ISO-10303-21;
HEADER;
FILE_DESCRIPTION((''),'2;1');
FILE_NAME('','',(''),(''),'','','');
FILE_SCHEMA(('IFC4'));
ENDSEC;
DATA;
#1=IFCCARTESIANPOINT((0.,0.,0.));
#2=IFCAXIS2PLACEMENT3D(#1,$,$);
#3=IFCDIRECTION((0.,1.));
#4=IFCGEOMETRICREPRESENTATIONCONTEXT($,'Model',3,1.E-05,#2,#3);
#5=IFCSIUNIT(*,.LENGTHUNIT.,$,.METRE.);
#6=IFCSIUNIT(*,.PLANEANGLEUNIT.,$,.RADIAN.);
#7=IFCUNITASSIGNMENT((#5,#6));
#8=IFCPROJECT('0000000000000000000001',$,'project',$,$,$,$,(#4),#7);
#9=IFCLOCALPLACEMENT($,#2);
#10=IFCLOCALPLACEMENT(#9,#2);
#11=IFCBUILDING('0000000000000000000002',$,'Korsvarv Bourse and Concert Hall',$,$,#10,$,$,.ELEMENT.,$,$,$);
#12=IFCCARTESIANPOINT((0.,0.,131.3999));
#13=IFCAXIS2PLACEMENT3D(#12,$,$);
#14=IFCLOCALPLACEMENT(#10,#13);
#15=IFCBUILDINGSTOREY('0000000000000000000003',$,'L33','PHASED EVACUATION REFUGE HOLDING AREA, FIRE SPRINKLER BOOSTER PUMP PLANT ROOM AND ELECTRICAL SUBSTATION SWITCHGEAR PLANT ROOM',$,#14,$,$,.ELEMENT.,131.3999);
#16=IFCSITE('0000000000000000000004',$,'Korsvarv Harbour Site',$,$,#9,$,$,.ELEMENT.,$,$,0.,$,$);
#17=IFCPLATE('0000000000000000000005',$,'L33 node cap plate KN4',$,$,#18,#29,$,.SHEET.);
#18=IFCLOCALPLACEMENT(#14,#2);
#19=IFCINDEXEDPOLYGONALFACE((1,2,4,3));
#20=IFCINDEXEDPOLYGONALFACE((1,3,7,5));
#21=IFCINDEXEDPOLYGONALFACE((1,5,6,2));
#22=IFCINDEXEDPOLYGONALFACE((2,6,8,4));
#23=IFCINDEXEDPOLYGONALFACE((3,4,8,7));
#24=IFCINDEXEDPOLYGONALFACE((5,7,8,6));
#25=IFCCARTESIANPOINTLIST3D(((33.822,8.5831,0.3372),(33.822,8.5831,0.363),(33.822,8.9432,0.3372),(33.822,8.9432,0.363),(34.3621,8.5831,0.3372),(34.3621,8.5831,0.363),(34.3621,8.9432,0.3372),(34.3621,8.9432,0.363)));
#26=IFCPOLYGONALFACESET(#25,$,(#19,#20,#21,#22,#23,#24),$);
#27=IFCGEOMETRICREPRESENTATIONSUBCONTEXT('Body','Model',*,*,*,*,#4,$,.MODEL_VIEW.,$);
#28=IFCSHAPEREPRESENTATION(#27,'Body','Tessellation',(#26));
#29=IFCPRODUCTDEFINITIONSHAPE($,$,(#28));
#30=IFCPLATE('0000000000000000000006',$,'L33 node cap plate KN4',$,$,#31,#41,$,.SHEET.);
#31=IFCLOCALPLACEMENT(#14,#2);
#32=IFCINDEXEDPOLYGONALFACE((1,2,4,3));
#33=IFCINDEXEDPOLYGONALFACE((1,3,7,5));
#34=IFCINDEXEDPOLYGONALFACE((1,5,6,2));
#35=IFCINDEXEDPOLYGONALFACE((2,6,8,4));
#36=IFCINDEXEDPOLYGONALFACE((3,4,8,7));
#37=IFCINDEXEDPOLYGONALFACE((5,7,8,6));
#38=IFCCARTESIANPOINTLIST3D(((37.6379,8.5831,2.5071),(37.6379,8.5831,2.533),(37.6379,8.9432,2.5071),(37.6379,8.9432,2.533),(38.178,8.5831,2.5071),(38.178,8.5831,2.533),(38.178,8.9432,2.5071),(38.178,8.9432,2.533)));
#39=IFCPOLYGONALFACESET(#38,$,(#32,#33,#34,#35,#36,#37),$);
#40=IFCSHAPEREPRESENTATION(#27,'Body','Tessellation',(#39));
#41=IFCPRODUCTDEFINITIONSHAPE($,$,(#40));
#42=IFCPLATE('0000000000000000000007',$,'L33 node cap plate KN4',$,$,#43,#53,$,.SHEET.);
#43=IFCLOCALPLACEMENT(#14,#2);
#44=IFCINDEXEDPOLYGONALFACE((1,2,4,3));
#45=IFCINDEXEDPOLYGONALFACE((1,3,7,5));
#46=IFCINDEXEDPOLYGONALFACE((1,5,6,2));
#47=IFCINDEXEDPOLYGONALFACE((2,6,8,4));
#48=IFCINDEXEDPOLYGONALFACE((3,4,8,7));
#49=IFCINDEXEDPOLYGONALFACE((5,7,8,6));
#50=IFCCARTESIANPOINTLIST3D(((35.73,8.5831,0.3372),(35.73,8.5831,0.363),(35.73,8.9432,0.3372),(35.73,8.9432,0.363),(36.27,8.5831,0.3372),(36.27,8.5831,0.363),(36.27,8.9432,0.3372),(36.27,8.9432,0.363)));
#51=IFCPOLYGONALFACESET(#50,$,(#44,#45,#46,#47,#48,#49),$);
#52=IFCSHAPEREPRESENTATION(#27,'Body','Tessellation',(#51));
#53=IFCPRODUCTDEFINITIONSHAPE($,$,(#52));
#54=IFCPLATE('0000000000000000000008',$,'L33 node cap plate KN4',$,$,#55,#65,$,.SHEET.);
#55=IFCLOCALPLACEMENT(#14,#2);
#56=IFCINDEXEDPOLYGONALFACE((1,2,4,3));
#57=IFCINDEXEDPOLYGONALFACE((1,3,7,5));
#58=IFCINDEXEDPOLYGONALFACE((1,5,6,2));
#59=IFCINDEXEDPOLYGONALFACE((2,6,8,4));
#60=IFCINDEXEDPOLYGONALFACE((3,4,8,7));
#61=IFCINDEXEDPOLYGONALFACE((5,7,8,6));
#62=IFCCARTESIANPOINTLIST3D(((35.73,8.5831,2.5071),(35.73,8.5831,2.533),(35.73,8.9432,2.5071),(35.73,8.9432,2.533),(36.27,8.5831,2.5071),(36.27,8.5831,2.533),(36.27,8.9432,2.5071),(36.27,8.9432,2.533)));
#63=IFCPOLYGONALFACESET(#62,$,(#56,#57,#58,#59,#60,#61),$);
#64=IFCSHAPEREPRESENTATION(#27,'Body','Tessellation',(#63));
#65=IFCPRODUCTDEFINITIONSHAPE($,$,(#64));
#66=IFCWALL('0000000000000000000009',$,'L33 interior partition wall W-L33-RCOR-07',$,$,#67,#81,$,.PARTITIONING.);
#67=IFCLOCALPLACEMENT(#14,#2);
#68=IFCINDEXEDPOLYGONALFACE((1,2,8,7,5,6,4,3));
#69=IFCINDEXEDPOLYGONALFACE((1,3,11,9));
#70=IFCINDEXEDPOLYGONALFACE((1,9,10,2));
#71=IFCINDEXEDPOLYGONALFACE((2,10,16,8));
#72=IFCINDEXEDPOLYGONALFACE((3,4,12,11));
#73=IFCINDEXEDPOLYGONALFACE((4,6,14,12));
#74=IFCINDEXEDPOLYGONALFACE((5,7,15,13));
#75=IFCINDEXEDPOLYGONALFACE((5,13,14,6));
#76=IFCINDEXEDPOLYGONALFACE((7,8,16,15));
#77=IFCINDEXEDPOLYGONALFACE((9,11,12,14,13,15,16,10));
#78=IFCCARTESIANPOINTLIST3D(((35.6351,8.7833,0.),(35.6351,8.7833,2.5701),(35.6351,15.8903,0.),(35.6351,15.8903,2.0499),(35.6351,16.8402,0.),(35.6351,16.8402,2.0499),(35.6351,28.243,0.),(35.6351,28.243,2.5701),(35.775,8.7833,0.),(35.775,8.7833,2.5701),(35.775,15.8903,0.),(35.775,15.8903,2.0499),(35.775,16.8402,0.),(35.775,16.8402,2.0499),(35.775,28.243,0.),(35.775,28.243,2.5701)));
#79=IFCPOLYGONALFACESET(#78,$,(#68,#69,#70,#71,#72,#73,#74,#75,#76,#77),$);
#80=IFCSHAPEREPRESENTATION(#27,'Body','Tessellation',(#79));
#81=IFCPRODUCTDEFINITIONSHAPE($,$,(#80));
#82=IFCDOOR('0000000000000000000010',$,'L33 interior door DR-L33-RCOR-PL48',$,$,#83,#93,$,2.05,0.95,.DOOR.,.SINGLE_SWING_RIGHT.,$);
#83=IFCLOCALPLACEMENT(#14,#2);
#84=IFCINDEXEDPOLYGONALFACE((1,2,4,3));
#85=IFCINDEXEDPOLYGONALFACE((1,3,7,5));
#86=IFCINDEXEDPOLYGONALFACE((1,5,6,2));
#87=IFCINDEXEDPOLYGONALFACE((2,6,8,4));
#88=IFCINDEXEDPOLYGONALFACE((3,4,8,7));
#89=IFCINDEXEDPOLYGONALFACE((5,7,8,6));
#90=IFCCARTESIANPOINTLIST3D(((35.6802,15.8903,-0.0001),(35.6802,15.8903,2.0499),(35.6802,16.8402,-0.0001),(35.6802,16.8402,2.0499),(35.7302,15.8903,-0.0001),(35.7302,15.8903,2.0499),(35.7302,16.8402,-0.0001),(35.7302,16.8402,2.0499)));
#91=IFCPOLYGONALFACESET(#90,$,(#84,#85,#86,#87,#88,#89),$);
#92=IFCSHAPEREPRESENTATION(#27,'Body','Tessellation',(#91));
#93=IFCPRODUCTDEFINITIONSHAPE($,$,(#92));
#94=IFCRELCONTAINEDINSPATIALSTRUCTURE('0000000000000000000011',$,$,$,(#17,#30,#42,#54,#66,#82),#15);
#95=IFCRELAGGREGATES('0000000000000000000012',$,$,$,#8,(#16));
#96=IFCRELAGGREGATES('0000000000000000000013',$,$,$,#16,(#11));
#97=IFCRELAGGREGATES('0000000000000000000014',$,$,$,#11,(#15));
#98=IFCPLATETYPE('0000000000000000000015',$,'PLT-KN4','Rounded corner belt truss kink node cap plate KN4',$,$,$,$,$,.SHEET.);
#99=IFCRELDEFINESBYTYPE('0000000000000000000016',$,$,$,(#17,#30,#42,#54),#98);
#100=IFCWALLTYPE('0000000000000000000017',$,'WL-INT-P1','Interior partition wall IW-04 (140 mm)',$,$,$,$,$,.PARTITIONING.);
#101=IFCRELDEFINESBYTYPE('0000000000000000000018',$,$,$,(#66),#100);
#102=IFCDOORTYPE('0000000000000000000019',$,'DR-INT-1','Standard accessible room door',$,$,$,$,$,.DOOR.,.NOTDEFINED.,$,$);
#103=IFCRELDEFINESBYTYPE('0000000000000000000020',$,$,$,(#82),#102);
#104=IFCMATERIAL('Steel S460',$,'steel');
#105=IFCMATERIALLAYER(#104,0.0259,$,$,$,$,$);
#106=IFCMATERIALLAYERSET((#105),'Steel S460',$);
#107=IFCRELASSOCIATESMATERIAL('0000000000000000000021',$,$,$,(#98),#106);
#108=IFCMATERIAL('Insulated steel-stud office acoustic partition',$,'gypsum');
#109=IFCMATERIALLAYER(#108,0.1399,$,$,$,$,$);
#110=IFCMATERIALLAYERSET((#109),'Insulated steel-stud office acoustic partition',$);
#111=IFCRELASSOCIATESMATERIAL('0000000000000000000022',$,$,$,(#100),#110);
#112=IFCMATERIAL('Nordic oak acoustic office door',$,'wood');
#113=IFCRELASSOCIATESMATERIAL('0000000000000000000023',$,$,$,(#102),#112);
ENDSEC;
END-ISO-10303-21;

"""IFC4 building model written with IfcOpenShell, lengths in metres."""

from ifc_helpers import new_model, si_unit, direction, frame, frame_2d, origin, origin_2d, place, context, subcontext, project, spatial, rectangle, extrude, source, transform, mapped, material, layer, layer_set, type_object, element, fill, save


model = new_model("IFC4")

# Units and contexts
model_context = context("Model", 3, precision=1e-05, world=origin(), true_north=direction((0.0, 1.0)))
body_context = subcontext(model_context, "Body", "Model", "MODEL_VIEW")
ifc_project = project(units=[si_unit("LENGTHUNIT", "METRE"), si_unit("PLANEANGLEUNIT", "RADIAN")], contexts=[model_context])

# Site, building, storey
site_placement = place(None, origin())
site = spatial("IfcSite", under=ifc_project, at=site_placement, Name="Korsvarv Harbour Site", CompositionType="ELEMENT", RefElevation=0.0)
building_placement = place(site_placement, origin())
building = spatial("IfcBuilding", under=site, at=building_placement, Name="Korsvarv Bourse and Concert Hall", CompositionType="ELEMENT")
storey_placement = place(building_placement, frame((0.0, 0.0, 131.3999)))
storey = spatial("IfcBuildingStorey", under=building, at=storey_placement, Name="L33", Description="PHASED EVACUATION REFUGE HOLDING AREA, FIRE SPRINKLER BOOSTER PUMP PLANT ROOM AND ELECTRICAL SUBSTATION SWITCHGEAR PLANT ROOM", CompositionType="ELEMENT", Elevation=131.3999)

# Shared definitions
ifc_material_1 = material(Name="Steel S460", Category="steel")

# Plates
ifc_layer_1 = layer(ifc_material_1, 0.0259)
ifc_layer_set_1 = layer_set([ifc_layer_1], Name="Steel S460")
plate_type_1 = type_object("IfcPlateType", Name="PLT-KN4", Description="Rounded corner belt truss kink node cap plate KN4", PredefinedType="SHEET", material=ifc_layer_set_1)
shared_shape_1 = source(origin(), body_context, "Body", "SweptSolid", [
    extrude(rectangle(XDim=0.54, YDim=0.3601, at=origin_2d()), origin(), (0.0, 0.0, 1.0), 0.0259),
])
for number, where, z_axis, x_axis, name in (
    (1, (34.092, 8.7632, 0.3372), (0.0, 0.0, 1.0), (1.0, 0.0, 0.0), "L33 node cap plate KN4"),
    (2, (37.908, 8.7632, 2.5071), (0.0, 0.0, 1.0), (1.0, 0.0, 0.0), "L33 node cap plate KN4"),
    (3, (36.0, 8.7632, 0.3372), (0.0, 0.0, 1.0), (1.0, 0.0, 0.0), "L33 node cap plate KN4"),
    (4, (36.0, 8.7632, 2.5071), (0.0, 0.0, 1.0), (1.0, 0.0, 0.0), "L33 node cap plate KN4"),
):
    element("IfcPlate", number, at=place(storey_placement, frame(where, z_axis=z_axis, x_axis=x_axis)), inside=storey, type_object=plate_type_1, Name=name, PredefinedType="SHEET", context=body_context, shape_type="MappedRepresentation", body=[
        mapped(shared_shape_1, transform((0.0, 0.0, 0.0), scale=1.0)),
    ])

# Wall, opening, door
ifc_material_2 = material(Name="Insulated steel-stud office acoustic partition", Category="gypsum")
ifc_layer_2 = layer(ifc_material_2, 0.1399)
ifc_layer_set_2 = layer_set([ifc_layer_2], Name="Insulated steel-stud office acoustic partition")
wall_type = type_object("IfcWallType", Name="WL-INT-P1", Description="Interior partition wall IW-04 (140 mm)", PredefinedType="PARTITIONING", material=ifc_layer_set_2)
wall_placement = place(storey_placement, frame((35.7051, 8.7832, 0.0), z_axis=(0.0, 0.0, 1.0), x_axis=(0.0, 1.0, 0.0)))
wall = element("IfcWall", 5, at=wall_placement, inside=storey, type_object=wall_type, Name="L33 interior partition wall W-L33-RCOR-07", PredefinedType="PARTITIONING", context=body_context, shape_type="SweptSolid", body=[
    extrude(rectangle(XDim=19.4597, YDim=0.1399, at=frame_2d((9.73, 0.0))), origin(), (0.0, 0.0, 1.0), 2.5701),
])
opening_placement = place(wall_placement, frame((7.1069, 0.0, 0.0)))
opening = element("IfcOpeningElement", 6, at=opening_placement, cuts=wall, PredefinedType="OPENING", context=body_context, shape_type="SweptSolid", body=[
    extrude(rectangle(XDim=0.95, YDim=2.05, at=frame_2d((0.4751, 1.0249))), frame((0.0, 0.0801, 0.0), z_axis=(0.0, -1.0, 0.0), x_axis=(1.0, 0.0, 0.0)), (0.0, 0.0, 1.0), 0.1599),
])
ifc_material_3 = material(Name="Nordic oak acoustic office door", Category="wood")
door_type = type_object("IfcDoorType", Name="DR-INT-1", Description="Standard accessible room door", OperationType="NOTDEFINED", PredefinedType="DOOR", material=ifc_material_3)
door_placement = place(opening_placement, origin())
door = element("IfcDoor", 7, at=door_placement, inside=storey, type_object=door_type, Name="L33 interior door DR-L33-RCOR-PL48", OperationType="SINGLE_SWING_RIGHT", OverallHeight=2.05, OverallWidth=0.95, PredefinedType="DOOR", context=body_context, shape_type="SweptSolid", body=[
    extrude(rectangle(XDim=0.95, YDim=2.05, at=frame_2d((0.4751, 1.0249))), frame((0.0, 0.0249, 0.0), z_axis=(0.0, -1.0, 0.0), x_axis=(1.0, 0.0, 0.0)), (0.0, 0.0, 1.0), 0.05),
])
fill(opening, door)

save(model, "model.ifc")
